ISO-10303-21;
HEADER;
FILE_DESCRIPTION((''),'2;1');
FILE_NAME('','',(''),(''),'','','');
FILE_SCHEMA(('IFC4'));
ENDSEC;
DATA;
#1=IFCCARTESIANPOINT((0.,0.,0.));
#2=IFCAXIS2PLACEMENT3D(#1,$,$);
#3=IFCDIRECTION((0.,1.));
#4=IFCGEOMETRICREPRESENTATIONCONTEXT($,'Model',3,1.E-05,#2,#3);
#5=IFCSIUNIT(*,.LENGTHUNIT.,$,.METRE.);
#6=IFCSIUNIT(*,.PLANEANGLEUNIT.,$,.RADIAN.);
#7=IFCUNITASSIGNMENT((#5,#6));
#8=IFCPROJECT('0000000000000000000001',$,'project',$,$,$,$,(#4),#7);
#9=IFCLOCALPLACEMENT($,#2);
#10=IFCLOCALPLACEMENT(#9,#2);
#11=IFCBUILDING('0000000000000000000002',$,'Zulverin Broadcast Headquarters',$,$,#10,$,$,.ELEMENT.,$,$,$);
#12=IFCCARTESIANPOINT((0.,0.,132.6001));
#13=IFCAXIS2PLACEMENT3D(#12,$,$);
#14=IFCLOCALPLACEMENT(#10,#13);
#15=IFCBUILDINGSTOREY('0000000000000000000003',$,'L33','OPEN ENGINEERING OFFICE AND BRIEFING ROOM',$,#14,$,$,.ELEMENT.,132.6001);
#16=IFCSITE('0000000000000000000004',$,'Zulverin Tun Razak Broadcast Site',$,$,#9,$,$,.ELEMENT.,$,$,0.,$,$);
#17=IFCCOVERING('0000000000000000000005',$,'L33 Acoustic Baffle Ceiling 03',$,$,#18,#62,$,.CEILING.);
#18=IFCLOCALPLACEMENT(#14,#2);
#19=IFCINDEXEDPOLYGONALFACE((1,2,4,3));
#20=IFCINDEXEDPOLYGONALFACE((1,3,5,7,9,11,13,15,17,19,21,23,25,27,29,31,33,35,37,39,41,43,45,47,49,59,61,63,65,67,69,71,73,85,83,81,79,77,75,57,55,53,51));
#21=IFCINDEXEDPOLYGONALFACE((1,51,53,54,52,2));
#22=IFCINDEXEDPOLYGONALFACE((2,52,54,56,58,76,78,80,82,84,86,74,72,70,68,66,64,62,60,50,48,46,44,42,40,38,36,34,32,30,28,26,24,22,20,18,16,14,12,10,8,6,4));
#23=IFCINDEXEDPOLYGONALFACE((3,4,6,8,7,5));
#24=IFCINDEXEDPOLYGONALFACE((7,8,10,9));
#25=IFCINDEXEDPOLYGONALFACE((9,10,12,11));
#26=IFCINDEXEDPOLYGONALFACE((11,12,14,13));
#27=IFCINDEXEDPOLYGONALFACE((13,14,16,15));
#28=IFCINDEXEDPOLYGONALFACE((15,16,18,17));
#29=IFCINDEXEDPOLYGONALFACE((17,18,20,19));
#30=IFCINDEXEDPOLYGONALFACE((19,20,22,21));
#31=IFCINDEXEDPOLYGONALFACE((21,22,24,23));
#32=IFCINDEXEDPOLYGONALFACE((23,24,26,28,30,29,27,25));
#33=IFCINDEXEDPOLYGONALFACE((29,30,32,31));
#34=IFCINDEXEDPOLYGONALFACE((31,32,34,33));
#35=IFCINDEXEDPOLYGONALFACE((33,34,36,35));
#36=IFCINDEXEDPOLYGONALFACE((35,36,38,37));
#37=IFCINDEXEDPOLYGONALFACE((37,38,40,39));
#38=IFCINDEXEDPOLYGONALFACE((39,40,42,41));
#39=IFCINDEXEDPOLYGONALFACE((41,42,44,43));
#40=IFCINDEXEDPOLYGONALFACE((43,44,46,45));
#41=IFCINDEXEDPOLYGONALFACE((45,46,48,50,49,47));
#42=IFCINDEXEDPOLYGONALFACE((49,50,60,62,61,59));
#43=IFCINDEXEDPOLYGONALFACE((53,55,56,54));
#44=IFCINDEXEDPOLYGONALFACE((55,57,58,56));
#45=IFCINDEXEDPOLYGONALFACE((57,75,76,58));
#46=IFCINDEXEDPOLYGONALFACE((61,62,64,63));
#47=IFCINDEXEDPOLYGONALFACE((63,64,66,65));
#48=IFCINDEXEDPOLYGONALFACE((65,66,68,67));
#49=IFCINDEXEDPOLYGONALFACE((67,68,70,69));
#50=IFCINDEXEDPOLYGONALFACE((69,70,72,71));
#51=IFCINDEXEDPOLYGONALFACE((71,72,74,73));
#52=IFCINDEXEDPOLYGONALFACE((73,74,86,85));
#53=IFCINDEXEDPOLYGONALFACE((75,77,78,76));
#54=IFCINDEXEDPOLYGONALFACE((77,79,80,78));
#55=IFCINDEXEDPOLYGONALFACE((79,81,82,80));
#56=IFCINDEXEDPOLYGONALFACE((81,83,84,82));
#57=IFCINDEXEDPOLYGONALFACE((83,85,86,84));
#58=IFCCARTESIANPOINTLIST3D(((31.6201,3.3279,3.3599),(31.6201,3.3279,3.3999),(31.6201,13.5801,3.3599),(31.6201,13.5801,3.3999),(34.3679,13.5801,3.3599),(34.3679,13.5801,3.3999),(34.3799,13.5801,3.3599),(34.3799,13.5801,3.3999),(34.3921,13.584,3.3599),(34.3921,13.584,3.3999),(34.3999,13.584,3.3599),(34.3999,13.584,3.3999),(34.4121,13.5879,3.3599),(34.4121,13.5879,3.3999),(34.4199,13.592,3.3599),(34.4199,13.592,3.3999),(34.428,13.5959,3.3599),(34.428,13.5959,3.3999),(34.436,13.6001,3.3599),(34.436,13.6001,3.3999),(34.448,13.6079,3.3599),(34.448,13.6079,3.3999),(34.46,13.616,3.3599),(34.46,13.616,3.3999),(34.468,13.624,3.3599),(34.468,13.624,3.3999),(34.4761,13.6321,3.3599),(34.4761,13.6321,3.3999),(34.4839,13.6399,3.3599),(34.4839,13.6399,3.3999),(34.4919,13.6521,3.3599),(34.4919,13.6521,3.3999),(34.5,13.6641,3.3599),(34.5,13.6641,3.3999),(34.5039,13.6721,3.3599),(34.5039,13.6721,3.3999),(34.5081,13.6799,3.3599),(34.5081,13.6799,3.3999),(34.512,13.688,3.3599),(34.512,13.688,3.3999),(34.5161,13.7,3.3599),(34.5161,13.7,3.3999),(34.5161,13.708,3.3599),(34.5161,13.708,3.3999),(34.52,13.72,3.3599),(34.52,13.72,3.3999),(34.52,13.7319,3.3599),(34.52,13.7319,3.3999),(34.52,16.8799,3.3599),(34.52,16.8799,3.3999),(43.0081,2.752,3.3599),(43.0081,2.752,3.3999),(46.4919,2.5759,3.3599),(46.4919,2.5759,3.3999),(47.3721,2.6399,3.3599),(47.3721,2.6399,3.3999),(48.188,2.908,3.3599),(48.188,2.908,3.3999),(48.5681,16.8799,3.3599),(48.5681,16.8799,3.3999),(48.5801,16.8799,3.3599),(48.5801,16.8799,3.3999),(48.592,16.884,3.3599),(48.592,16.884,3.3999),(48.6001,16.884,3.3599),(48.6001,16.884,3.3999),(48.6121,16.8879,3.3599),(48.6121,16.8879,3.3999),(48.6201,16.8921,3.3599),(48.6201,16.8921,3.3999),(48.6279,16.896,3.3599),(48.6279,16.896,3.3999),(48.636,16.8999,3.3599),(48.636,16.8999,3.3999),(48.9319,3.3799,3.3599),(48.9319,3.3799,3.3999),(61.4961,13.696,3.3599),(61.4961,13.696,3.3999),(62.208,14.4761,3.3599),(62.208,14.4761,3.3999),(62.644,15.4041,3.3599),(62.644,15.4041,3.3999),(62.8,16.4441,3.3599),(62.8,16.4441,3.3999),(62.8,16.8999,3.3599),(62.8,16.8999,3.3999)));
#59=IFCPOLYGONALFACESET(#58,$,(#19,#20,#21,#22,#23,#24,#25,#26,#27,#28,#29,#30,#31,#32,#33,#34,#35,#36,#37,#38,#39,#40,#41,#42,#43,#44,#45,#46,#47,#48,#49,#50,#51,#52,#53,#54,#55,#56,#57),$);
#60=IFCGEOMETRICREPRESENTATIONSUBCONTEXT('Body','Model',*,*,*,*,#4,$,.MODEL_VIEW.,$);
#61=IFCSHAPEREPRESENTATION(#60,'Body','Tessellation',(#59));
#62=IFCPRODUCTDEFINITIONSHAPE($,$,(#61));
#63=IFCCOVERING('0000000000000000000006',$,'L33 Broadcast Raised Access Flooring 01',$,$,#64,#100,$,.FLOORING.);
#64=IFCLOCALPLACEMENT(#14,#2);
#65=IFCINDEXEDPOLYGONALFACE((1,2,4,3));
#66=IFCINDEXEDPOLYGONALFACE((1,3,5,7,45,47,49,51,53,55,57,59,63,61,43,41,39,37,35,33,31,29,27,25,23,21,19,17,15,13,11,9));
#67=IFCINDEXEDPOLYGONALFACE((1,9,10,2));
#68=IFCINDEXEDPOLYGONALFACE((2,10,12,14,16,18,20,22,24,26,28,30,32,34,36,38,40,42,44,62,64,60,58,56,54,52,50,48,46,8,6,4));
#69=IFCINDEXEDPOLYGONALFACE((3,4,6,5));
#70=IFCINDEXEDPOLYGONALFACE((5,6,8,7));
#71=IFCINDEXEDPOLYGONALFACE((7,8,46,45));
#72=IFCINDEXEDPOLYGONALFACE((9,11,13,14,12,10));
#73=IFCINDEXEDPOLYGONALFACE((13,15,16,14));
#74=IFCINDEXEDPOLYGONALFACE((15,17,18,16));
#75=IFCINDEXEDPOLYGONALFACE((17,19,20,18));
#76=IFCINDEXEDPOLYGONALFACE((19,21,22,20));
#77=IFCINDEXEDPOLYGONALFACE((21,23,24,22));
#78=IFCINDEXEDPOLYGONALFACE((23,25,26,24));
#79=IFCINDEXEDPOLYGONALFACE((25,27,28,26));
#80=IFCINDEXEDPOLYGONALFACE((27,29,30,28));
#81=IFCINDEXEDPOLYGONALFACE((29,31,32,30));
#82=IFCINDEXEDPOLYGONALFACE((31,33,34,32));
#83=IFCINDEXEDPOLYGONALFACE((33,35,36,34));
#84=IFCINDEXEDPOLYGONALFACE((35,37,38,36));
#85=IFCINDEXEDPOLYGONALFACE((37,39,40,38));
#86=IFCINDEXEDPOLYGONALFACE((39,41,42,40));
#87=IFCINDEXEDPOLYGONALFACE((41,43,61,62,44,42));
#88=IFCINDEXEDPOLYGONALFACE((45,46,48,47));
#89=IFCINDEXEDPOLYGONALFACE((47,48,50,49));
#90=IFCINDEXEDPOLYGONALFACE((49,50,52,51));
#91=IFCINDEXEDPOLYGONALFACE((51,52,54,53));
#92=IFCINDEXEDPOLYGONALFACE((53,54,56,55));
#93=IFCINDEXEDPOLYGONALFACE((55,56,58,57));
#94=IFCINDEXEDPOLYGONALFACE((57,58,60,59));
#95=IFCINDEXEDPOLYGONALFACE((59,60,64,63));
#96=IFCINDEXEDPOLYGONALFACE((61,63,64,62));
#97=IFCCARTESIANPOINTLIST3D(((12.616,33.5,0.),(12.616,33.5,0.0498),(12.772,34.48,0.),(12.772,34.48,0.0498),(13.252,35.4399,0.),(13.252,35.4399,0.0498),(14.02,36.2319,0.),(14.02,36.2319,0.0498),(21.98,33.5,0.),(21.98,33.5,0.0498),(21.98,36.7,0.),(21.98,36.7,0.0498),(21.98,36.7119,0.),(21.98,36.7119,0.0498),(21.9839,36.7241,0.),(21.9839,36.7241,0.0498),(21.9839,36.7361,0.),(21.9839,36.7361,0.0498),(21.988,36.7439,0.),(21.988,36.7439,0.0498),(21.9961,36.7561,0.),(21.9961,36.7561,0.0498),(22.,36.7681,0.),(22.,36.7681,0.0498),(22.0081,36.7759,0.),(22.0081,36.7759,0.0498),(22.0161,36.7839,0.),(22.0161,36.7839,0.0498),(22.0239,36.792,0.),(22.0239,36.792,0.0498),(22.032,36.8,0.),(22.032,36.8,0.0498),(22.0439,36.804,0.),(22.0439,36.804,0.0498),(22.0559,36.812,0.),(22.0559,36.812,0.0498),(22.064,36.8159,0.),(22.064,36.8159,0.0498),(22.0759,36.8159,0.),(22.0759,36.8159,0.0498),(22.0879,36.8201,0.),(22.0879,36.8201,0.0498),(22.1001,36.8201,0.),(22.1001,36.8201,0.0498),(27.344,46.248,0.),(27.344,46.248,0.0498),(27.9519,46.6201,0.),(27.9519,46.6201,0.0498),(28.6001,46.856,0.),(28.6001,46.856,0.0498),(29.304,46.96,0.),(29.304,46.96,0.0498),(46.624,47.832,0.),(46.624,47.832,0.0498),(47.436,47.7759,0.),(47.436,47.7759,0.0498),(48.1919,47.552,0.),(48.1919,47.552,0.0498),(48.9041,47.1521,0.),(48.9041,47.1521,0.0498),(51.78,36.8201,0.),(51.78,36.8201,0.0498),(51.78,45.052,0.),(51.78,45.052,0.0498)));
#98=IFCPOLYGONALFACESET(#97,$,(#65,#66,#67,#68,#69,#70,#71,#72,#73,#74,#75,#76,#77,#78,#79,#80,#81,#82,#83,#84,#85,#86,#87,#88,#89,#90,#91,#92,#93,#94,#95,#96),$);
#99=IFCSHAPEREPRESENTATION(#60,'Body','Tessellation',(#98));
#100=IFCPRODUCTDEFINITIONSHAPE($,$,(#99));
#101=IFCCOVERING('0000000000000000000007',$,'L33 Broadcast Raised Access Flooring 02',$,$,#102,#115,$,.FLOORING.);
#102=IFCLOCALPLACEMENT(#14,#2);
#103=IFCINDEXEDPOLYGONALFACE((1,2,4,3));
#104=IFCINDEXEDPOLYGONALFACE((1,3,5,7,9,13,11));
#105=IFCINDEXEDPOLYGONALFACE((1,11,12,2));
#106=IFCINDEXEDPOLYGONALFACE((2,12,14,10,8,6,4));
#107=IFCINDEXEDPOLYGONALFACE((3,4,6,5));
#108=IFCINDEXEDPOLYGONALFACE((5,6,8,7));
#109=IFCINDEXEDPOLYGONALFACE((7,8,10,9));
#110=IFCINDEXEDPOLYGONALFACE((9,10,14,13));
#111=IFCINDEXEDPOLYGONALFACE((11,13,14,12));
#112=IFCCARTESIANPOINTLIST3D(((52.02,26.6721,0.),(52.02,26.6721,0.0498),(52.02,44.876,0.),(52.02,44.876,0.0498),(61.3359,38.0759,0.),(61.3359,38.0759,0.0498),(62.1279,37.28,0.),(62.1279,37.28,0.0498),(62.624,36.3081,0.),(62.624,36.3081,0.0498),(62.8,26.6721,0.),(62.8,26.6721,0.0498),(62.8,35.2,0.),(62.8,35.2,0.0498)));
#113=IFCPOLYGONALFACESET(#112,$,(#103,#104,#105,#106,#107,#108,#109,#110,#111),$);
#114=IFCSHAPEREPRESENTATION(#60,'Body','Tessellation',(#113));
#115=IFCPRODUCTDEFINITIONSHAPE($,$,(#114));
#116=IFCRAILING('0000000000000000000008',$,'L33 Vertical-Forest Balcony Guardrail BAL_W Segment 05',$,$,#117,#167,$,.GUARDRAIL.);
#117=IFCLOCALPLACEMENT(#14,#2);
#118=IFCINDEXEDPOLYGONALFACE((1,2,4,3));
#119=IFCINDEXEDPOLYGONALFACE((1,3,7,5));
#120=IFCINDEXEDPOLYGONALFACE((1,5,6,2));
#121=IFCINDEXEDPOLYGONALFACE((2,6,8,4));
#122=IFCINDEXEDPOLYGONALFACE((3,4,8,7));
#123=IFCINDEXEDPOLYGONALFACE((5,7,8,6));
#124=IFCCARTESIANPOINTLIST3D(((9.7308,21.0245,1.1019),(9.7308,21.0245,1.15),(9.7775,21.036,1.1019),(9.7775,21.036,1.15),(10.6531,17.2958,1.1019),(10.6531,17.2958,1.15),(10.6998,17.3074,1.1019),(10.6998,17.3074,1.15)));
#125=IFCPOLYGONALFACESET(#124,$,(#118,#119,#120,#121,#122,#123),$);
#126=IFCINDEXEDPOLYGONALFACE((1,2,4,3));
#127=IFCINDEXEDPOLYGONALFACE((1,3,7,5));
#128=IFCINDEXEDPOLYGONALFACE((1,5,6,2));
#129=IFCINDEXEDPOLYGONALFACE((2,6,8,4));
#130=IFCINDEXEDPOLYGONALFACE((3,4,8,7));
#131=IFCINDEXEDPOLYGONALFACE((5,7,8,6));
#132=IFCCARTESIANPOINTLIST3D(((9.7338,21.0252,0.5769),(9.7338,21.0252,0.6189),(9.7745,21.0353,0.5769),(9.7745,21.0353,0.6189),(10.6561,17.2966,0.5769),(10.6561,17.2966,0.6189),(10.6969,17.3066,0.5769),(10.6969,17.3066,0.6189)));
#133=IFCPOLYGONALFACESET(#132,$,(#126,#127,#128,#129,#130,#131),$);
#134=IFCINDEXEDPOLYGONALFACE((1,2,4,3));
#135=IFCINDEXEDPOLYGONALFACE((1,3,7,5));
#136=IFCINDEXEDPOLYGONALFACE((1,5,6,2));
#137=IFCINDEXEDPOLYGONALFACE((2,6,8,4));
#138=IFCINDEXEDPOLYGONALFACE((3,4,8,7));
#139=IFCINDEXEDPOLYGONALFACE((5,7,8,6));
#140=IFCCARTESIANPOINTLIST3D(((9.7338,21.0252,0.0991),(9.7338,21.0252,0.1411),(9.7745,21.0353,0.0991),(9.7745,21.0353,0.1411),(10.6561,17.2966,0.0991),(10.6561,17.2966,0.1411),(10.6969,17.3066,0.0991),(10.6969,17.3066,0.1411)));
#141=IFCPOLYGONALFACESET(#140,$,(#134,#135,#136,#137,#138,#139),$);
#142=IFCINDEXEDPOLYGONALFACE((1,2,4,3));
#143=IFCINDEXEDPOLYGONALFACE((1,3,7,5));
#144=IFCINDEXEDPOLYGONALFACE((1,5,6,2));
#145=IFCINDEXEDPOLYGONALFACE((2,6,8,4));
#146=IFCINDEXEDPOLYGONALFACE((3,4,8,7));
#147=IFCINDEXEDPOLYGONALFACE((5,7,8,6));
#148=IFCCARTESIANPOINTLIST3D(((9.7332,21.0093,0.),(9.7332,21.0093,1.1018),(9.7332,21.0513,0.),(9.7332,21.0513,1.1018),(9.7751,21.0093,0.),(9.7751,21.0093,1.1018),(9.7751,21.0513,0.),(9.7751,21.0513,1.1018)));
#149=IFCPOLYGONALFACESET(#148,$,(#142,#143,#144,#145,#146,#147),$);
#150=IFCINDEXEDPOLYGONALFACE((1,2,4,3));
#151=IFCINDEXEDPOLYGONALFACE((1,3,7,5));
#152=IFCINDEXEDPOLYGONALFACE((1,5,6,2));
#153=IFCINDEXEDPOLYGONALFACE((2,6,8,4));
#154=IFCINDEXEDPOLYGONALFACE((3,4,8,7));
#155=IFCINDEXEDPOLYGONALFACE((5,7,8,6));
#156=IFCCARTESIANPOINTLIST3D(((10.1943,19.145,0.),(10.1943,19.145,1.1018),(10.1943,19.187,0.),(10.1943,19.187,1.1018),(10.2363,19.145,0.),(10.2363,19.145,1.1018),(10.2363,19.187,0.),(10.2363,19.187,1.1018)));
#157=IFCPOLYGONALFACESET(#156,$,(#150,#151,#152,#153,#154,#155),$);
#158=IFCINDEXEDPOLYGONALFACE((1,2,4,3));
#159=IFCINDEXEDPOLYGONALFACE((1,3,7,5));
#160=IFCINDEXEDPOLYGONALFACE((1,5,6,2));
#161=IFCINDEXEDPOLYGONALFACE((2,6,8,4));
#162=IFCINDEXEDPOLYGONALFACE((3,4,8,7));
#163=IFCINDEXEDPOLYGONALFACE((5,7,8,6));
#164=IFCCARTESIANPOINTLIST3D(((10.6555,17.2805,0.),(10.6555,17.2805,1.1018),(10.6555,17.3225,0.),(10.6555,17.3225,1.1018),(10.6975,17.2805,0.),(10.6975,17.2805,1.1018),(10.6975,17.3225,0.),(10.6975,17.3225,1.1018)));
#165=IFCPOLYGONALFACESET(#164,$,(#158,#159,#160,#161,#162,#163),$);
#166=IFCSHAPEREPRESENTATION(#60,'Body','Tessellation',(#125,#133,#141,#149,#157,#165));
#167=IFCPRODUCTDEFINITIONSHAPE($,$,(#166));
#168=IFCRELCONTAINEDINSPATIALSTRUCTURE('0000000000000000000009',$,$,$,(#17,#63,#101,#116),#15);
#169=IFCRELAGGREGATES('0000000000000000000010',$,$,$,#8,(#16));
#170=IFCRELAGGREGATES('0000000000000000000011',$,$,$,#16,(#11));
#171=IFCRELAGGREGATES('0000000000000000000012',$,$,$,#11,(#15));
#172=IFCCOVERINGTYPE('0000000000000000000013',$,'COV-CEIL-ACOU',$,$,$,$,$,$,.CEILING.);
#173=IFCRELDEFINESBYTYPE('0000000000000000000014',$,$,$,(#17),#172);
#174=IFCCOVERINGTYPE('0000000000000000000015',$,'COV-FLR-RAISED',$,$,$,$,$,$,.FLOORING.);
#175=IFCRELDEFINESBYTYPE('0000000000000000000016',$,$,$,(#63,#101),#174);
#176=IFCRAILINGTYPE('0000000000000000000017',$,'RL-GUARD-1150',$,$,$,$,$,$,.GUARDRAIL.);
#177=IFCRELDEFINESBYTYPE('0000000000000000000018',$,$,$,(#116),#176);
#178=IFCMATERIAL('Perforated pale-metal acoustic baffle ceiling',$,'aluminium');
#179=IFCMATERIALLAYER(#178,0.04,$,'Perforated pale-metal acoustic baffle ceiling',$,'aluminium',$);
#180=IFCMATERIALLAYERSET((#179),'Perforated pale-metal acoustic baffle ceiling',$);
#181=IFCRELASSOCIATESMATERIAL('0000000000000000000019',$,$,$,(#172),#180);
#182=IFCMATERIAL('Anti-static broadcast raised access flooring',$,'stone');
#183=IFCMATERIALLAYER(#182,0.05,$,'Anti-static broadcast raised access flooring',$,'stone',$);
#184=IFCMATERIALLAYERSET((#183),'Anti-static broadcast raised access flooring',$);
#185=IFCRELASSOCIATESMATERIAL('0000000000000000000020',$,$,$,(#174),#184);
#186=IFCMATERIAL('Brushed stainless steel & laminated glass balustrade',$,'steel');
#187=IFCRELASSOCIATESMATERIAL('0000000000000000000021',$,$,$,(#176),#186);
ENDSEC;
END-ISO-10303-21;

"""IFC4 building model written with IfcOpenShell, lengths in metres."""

from ifc_helpers import new_model, si_unit, direction, frame, origin, origin_2d, place, context, subcontext, project, spatial, polyline, rectangle, outline, extrude, material, layer, layer_set, type_object, element, save


model = new_model("IFC4")

# Units and contexts
model_context = context("Model", 3, precision=1e-05, world=origin(), true_north=direction((0.0, 1.0)))
body_context = subcontext(model_context, "Body", "Model", "MODEL_VIEW")
ifc_project = project(units=[si_unit("LENGTHUNIT", "METRE"), si_unit("PLANEANGLEUNIT", "RADIAN")], contexts=[model_context])

# Site, building, storey
site_placement = place(None, origin())
site = spatial("IfcSite", under=ifc_project, at=site_placement, Name="Zulverin Tun Razak Broadcast Site", CompositionType="ELEMENT", RefElevation=0.0)
building_placement = place(site_placement, origin())
building = spatial("IfcBuilding", under=site, at=building_placement, Name="Zulverin Broadcast Headquarters", CompositionType="ELEMENT")
storey_placement = place(building_placement, frame((0.0, 0.0, 132.6001)))
storey = spatial("IfcBuildingStorey", under=building, at=storey_placement, Name="L33", Description="OPEN ENGINEERING OFFICE AND BRIEFING ROOM", CompositionType="ELEMENT", Elevation=132.6001)

# Coverings
ifc_material_1 = material(Name="Perforated pale-metal acoustic baffle ceiling", Category="aluminium")
ifc_layer_1 = layer(ifc_material_1, 0.04, Name="Perforated pale-metal acoustic baffle ceiling", Category="aluminium")
ifc_layer_set_1 = layer_set([ifc_layer_1], Name="Perforated pale-metal acoustic baffle ceiling")
covering_type_1 = type_object("IfcCoveringType", Name="COV-CEIL-ACOU", PredefinedType="CEILING", material=ifc_layer_set_1)
covering_1_placement = place(storey_placement, frame((0.0, 0.0, 3.3599)))
element("IfcCovering", 1, at=covering_1_placement, inside=storey, type_object=covering_type_1, Name="L33 Acoustic Baffle Ceiling 03", PredefinedType="CEILING", context=body_context, shape_type="SweptSolid", body=[
    extrude(outline(polyline([(34.3799, 13.5801), (34.3679, 13.5801), (31.6201, 13.5801), (31.6201, 3.3279), (43.0081, 2.752), (46.4919, 2.5759), (47.3721, 2.6399), (48.188, 2.908), (48.9319, 3.3799), (61.4961, 13.696), (62.208, 14.4761), (62.644, 15.4041), (62.8, 16.4441), (62.8, 16.8999), (48.636, 16.8999), (48.6279, 16.896), (48.6201, 16.8921), (48.6121, 16.8879), (48.6001, 16.884), (48.592, 16.884), (48.5801, 16.8799), (48.5681, 16.8799), (34.52, 16.8799), (34.52, 13.7319), (34.52, 13.72), (34.5161, 13.708), (34.5161, 13.7), (34.512, 13.688), (34.5081, 13.6799), (34.5039, 13.6721), (34.5, 13.6641), (34.4919, 13.6521), (34.4839, 13.6399), (34.4761, 13.6321), (34.468, 13.624), (34.46, 13.616), (34.448, 13.6079), (34.436, 13.6001), (34.428, 13.5959), (34.4199, 13.592), (34.4121, 13.5879), (34.3999, 13.584), (34.3921, 13.584), (34.3799, 13.5801)])), origin(), (0.0, 0.0, 1.0), 0.04),
])
ifc_material_2 = material(Name="Anti-static broadcast raised access flooring", Category="stone")
ifc_layer_2 = layer(ifc_material_2, 0.05, Name="Anti-static broadcast raised access flooring", Category="stone")
ifc_layer_set_2 = layer_set([ifc_layer_2], Name="Anti-static broadcast raised access flooring")
covering_type_2 = type_object("IfcCoveringType", Name="COV-FLR-RAISED", PredefinedType="FLOORING", material=ifc_layer_set_2)
covering_2_placement = place(storey_placement, origin())
element("IfcCovering", 2, at=covering_2_placement, inside=storey, type_object=covering_type_2, Name="L33 Broadcast Raised Access Flooring 01", PredefinedType="FLOORING", context=body_context, shape_type="SweptSolid", body=[
    extrude(outline(polyline([(14.02, 36.2319), (13.252, 35.4399), (12.772, 34.48), (12.616, 33.5), (21.98, 33.5), (21.98, 36.7), (21.98, 36.7119), (21.9839, 36.7241), (21.9839, 36.7361), (21.988, 36.7439), (21.9961, 36.7561), (22.0, 36.7681), (22.0081, 36.7759), (22.0161, 36.7839), (22.0239, 36.792), (22.032, 36.8), (22.0439, 36.804), (22.0559, 36.812), (22.064, 36.8159), (22.0759, 36.8159), (22.0879, 36.8201), (22.1001, 36.8201), (51.78, 36.8201), (51.78, 45.052), (48.9041, 47.1521), (48.1919, 47.552), (47.436, 47.7759), (46.624, 47.832), (29.304, 46.96), (28.6001, 46.856), (27.9519, 46.6201), (27.344, 46.248), (14.02, 36.2319)])), origin(), (0.0, 0.0, 1.0), 0.0498),
])
covering_3_placement = place(storey_placement, origin())
element("IfcCovering", 3, at=covering_3_placement, inside=storey, type_object=covering_type_2, Name="L33 Broadcast Raised Access Flooring 02", PredefinedType="FLOORING", context=body_context, shape_type="SweptSolid", body=[
    extrude(outline(polyline([(52.02, 26.6721), (62.8, 26.6721), (62.8, 35.2), (62.624, 36.3081), (62.1279, 37.28), (61.3359, 38.0759), (52.02, 44.876), (52.02, 26.6721)])), origin(), (0.0, 0.0, 1.0), 0.0498),
])

# Railing
ifc_material_3 = material(Name="Brushed stainless steel & laminated glass balustrade", Category="steel")
railing_type = type_object("IfcRailingType", Name="RL-GUARD-1150", PredefinedType="GUARDRAIL", material=ifc_material_3)
railing_1_placement = place(storey_placement, frame((9.7542, 21.0303, 0.0)))
element("IfcRailing", 4, at=railing_1_placement, inside=storey, type_object=railing_type, Name="L33 Vertical-Forest Balcony Guardrail BAL_W Segment 05", PredefinedType="GUARDRAIL", context=body_context, shape_type="SweptSolid", body=[
    extrude(rectangle(XDim=0.0481, YDim=0.0481, at=origin_2d()), frame((0.0, 0.0, 1.126), z_axis=(0.240127, -0.970741, 0.0), x_axis=(0.970741, 0.240127, 0.0)), (0.0, 0.0, 1.0), 3.8411),
    extrude(rectangle(XDim=0.042, YDim=0.042, at=origin_2d()), frame((0.0, 0.0, 0.5979), z_axis=(0.240127, -0.970741, 0.0), x_axis=(0.970741, 0.240127, 0.0)), (0.0, 0.0, 1.0), 3.8411),
    extrude(rectangle(XDim=0.042, YDim=0.042, at=origin_2d()), frame((0.0, 0.0, 0.1201), z_axis=(0.240127, -0.970741, 0.0), x_axis=(0.970741, 0.240127, 0.0)), (0.0, 0.0, 1.0), 3.8411),
    extrude(rectangle(XDim=0.042, YDim=0.042, at=origin_2d()), origin(), (0.0, 0.0, 1.0), 1.1018),
    extrude(rectangle(XDim=0.042, YDim=0.042, at=origin_2d()), frame((0.4612, -1.8643, 0.0)), (0.0, 0.0, 1.0), 1.1018),
    extrude(rectangle(XDim=0.042, YDim=0.042, at=origin_2d()), frame((0.9224, -3.7288, 0.0)), (0.0, 0.0, 1.0), 1.1018),
])

save(model, "model.ifc")
